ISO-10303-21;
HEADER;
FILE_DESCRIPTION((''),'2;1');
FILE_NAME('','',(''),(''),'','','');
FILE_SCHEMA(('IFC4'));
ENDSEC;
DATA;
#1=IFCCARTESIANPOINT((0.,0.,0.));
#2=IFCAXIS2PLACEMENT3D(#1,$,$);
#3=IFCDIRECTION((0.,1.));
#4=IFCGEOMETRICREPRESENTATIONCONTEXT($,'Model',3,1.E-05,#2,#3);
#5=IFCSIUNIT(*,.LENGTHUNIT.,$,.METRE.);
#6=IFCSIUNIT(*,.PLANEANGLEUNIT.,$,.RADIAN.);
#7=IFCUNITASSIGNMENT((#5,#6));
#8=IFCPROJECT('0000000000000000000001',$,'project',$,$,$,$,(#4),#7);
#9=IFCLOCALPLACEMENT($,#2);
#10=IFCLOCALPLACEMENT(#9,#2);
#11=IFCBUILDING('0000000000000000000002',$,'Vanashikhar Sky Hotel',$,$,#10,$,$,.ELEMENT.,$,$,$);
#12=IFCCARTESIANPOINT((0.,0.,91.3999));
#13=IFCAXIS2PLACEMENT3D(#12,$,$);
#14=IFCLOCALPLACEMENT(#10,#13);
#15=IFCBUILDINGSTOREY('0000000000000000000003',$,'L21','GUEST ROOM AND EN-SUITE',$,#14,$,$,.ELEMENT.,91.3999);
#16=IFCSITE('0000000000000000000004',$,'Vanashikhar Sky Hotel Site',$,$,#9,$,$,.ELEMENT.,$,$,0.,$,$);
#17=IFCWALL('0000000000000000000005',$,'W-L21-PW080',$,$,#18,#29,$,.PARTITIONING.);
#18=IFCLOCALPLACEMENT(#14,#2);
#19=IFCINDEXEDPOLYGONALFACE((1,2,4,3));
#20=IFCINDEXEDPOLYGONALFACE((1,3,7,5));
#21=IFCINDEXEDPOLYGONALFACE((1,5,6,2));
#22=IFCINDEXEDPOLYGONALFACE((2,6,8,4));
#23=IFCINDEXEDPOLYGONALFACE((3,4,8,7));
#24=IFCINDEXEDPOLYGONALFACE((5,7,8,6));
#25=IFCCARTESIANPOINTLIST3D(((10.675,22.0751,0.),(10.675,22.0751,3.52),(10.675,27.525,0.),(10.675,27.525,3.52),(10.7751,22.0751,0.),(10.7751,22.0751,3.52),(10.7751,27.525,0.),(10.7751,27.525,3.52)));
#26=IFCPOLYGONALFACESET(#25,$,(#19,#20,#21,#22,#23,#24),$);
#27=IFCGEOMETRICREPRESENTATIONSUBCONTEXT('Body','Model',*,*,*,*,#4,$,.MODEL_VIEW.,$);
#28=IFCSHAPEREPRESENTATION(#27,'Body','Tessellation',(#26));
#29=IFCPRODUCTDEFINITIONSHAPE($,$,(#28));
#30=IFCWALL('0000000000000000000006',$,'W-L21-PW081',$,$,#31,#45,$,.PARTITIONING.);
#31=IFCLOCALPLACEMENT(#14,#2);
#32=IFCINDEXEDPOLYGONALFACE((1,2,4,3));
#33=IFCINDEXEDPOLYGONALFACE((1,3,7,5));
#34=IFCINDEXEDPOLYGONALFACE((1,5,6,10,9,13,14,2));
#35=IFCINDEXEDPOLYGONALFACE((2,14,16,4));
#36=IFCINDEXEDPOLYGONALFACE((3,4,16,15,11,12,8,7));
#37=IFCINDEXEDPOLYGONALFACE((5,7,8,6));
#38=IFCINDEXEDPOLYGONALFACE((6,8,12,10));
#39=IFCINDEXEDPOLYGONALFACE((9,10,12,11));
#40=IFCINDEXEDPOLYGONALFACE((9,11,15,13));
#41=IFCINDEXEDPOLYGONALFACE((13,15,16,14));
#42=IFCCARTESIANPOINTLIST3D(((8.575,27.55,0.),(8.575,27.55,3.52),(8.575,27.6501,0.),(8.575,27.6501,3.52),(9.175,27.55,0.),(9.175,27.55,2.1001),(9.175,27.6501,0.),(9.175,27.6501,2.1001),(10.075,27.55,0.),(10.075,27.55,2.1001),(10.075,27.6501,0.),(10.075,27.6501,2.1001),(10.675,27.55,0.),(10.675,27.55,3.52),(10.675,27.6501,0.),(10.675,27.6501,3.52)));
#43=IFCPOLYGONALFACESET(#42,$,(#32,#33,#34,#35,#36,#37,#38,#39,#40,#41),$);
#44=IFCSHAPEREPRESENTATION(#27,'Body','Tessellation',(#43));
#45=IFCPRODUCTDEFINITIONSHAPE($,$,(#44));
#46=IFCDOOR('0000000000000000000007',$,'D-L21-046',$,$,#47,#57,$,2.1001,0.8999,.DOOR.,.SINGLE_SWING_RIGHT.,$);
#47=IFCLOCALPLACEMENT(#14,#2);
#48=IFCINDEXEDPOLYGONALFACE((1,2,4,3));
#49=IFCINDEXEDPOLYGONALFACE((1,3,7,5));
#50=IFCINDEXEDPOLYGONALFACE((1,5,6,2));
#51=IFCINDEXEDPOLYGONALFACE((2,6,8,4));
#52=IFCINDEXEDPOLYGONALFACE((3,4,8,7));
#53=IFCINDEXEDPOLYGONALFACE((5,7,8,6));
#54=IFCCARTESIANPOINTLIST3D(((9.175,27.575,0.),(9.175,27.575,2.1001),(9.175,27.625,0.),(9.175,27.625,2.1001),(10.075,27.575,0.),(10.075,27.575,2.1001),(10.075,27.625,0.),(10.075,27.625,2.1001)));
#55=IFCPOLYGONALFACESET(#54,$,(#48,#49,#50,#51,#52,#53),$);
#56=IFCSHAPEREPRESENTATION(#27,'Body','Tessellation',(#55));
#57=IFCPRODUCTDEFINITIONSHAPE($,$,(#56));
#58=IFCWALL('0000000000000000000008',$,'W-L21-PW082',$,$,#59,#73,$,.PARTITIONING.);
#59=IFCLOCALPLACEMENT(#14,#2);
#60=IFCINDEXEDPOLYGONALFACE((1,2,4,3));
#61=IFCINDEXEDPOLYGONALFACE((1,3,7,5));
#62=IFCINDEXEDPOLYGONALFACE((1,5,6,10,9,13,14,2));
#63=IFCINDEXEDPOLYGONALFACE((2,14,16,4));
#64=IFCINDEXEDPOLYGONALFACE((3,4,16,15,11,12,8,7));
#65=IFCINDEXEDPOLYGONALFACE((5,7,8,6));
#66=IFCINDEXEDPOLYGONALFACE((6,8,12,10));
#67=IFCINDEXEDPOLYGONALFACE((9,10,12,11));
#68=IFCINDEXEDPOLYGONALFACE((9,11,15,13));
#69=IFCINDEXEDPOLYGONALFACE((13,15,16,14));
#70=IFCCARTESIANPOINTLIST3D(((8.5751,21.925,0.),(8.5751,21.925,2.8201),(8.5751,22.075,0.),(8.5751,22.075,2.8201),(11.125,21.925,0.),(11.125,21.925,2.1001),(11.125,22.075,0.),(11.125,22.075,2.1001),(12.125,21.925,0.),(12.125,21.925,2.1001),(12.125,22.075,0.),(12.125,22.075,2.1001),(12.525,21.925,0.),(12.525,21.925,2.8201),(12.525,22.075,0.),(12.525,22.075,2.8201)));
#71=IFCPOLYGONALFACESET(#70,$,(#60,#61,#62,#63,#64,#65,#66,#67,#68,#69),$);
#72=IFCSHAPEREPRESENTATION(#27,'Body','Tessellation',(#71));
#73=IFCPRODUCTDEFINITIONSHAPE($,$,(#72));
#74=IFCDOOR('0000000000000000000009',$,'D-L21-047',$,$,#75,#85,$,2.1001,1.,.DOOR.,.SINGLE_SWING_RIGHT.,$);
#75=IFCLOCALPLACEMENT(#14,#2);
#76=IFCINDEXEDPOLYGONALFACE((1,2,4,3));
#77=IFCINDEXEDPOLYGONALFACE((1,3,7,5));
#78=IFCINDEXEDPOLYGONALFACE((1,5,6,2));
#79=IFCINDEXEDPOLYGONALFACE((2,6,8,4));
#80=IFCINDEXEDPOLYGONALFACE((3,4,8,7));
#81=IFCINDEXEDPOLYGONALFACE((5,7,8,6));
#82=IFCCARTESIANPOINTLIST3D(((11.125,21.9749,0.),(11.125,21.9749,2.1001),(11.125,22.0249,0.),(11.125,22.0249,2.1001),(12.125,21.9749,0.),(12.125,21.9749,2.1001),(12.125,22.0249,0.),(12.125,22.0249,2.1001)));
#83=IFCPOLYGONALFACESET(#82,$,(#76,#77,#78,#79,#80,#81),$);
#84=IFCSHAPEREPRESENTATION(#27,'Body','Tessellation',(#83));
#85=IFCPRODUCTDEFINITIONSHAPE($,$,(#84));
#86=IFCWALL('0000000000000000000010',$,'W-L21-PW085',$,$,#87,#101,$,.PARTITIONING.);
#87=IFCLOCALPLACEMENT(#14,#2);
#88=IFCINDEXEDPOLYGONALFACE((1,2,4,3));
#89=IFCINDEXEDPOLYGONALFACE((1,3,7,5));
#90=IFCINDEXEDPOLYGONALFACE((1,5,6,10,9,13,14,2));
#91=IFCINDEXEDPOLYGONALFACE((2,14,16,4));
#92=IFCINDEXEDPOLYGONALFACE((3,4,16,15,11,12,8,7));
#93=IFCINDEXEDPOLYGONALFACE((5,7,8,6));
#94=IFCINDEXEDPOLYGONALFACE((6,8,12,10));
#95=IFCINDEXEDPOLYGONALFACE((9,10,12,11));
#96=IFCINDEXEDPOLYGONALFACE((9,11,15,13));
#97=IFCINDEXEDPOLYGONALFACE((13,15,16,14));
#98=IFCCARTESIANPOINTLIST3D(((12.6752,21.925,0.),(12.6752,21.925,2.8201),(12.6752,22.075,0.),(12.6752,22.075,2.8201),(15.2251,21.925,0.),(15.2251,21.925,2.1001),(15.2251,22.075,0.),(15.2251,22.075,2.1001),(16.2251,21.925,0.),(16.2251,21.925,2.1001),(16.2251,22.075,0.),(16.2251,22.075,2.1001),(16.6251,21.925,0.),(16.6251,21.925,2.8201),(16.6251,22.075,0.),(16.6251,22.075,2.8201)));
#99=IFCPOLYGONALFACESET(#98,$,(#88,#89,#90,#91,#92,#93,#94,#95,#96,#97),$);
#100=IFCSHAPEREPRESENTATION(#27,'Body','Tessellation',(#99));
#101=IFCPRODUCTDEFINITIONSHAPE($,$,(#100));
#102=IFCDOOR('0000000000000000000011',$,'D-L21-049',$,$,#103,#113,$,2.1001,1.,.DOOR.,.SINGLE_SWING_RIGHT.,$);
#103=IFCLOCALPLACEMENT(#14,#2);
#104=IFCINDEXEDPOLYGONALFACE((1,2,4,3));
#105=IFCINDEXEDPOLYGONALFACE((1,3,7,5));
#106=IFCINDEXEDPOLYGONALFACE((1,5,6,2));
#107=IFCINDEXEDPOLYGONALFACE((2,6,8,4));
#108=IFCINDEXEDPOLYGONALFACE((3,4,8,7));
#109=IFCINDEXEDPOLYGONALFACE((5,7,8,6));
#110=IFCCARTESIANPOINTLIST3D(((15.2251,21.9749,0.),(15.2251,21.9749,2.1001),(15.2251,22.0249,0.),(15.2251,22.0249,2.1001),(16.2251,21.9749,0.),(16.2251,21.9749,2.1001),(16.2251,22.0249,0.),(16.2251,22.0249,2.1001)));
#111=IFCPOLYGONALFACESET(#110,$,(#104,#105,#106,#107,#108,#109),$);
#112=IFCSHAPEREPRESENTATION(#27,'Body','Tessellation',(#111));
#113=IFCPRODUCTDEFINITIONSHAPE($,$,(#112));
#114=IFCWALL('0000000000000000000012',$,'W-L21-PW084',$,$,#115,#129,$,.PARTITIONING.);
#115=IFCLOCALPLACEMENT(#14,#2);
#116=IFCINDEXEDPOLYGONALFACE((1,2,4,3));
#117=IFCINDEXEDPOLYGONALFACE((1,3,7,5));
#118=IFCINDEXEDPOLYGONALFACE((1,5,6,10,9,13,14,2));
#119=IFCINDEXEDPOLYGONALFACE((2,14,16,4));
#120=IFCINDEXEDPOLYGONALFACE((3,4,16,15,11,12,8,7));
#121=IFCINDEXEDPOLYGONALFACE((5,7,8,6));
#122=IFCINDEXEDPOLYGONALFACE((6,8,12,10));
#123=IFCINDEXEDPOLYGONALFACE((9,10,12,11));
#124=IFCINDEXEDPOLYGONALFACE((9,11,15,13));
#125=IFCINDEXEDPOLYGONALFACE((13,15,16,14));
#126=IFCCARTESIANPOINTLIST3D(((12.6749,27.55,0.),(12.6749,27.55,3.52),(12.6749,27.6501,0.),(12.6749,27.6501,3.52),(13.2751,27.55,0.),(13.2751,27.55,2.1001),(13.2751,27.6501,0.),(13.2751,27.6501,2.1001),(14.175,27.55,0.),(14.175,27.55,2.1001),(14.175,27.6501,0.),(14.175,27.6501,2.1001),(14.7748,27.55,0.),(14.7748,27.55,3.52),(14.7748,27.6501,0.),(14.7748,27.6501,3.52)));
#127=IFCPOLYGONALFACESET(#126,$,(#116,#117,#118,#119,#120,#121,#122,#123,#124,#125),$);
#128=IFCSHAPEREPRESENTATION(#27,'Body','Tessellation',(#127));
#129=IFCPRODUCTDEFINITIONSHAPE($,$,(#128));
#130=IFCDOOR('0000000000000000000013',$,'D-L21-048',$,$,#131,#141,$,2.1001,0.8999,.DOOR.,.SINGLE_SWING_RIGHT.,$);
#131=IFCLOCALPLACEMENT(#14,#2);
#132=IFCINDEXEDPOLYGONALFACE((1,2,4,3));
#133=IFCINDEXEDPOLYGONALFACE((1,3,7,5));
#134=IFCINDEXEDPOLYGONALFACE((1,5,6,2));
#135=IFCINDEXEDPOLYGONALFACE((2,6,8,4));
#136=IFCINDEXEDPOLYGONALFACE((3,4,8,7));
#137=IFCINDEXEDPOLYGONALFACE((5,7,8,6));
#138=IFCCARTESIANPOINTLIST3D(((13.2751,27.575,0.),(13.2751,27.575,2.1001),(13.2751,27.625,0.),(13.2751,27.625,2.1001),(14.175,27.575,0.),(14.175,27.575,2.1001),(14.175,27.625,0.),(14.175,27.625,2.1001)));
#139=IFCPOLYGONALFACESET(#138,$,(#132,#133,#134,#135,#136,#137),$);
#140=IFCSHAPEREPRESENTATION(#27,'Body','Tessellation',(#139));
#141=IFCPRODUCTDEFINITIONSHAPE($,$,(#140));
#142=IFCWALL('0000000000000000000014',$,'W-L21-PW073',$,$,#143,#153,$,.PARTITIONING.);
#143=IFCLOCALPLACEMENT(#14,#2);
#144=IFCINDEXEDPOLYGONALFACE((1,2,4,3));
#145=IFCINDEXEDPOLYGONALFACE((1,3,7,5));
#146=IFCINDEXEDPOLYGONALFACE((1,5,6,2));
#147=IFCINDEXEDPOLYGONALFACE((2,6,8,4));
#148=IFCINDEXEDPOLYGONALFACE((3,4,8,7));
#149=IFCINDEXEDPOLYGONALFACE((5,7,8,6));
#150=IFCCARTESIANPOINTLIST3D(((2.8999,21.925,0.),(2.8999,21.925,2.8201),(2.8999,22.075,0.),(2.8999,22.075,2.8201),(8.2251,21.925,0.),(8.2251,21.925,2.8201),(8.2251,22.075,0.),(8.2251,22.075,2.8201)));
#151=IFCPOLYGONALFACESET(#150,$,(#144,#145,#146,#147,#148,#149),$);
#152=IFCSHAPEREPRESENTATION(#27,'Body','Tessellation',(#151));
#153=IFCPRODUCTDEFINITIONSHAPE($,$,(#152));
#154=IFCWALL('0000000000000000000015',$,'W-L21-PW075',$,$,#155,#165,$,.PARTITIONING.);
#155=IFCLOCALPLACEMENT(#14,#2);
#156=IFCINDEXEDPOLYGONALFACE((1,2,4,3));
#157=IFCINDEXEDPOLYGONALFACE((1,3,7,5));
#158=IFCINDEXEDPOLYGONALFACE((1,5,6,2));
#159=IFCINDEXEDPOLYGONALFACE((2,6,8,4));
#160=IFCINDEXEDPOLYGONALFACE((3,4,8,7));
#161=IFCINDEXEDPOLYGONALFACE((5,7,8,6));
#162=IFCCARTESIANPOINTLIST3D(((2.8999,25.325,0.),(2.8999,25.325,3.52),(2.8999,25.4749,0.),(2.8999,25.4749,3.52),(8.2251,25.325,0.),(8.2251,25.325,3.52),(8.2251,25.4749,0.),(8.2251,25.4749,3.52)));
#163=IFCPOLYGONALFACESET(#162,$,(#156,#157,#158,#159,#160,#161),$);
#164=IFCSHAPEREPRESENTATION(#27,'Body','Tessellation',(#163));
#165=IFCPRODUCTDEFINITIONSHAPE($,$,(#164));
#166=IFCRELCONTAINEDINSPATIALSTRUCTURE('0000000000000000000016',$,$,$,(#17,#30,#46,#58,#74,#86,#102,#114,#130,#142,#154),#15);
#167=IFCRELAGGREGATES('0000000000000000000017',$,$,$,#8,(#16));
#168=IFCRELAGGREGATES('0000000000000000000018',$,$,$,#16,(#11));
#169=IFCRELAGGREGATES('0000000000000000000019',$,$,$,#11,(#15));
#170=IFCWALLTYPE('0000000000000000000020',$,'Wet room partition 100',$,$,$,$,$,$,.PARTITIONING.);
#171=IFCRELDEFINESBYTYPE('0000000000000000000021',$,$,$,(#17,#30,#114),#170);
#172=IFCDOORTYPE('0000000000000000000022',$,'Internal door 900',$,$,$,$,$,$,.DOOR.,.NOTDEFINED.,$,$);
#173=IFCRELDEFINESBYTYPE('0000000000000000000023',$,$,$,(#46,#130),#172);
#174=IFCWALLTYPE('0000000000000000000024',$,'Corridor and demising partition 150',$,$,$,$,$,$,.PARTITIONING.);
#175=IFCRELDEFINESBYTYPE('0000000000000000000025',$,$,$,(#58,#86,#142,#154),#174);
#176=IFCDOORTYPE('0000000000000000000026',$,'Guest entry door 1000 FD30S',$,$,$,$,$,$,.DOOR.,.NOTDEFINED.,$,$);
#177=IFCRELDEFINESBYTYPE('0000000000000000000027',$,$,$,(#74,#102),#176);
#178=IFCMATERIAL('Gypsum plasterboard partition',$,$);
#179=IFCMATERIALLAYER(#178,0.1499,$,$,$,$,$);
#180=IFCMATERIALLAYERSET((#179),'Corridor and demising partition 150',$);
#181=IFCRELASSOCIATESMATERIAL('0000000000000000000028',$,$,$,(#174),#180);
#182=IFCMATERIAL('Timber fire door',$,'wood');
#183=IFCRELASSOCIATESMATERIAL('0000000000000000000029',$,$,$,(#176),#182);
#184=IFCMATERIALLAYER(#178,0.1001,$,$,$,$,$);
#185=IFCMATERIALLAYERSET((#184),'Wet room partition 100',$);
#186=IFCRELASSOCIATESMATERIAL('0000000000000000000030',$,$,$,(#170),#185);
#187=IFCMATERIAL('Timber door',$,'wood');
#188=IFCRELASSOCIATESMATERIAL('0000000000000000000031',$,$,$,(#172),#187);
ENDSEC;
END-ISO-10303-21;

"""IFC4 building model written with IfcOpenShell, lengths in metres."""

from ifc_helpers import new_model, si_unit, direction, frame, frame_2d, origin, place, context, subcontext, project, spatial, rectangle, extrude, source, transform, mapped, material, layer, layer_set, type_object, element, fill, save


model = new_model("IFC4")

# Units and contexts
model_context = context("Model", 3, precision=1e-05, world=origin(), true_north=direction((0.0, 1.0)))
body_context = subcontext(model_context, "Body", "Model", "MODEL_VIEW")
ifc_project = project(units=[si_unit("LENGTHUNIT", "METRE"), si_unit("PLANEANGLEUNIT", "RADIAN")], contexts=[model_context])

# Site, building, storey
site_placement = place(None, origin())
site = spatial("IfcSite", under=ifc_project, at=site_placement, Name="Vanashikhar Sky Hotel Site", CompositionType="ELEMENT", RefElevation=0.0)
building_placement = place(site_placement, origin())
building = spatial("IfcBuilding", under=site, at=building_placement, Name="Vanashikhar Sky Hotel", CompositionType="ELEMENT")
storey_placement = place(building_placement, frame((0.0, 0.0, 91.3999)))
storey = spatial("IfcBuildingStorey", under=building, at=storey_placement, Name="L21", Description="GUEST ROOM AND EN-SUITE", CompositionType="ELEMENT", Elevation=91.3999)

# Shared definitions
ifc_material_1 = material(Name="Gypsum plasterboard partition")
ifc_layer_1 = layer(ifc_material_1, 0.1499)
ifc_layer_set_1 = layer_set([ifc_layer_1], Name="Corridor and demising partition 150")
wall_type_1 = type_object("IfcWallType", Name="Corridor and demising partition 150", PredefinedType="PARTITIONING", material=ifc_layer_set_1)
shared_shape_1 = source(origin(), body_context, "Body", "SweptSolid", [
    extrude(rectangle(XDim=1.0, YDim=2.1001, at=frame_2d((0.5, 1.05))), frame((0.0, 0.085, 0.0), z_axis=(0.0, -1.0, 0.0), x_axis=(1.0, 0.0, 0.0)), (0.0, 0.0, 1.0), 0.1699),
])
ifc_material_2 = material(Name="Timber fire door", Category="wood")
door_type_1 = type_object("IfcDoorType", Name="Guest entry door 1000 FD30S", OperationType="NOTDEFINED", PredefinedType="DOOR", material=ifc_material_2)
shared_shape_2 = source(origin(), body_context, "Body", "SweptSolid", [
    extrude(rectangle(XDim=1.0, YDim=2.1001, at=frame_2d((0.5, 1.05))), frame((0.0, 0.0249, 0.0), z_axis=(0.0, -1.0, 0.0), x_axis=(1.0, 0.0, 0.0)), (0.0, 0.0, 1.0), 0.05),
])

# Wall
ifc_layer_2 = layer(ifc_material_1, 0.1001)
ifc_layer_set_2 = layer_set([ifc_layer_2], Name="Wet room partition 100")
wall_type_2 = type_object("IfcWallType", Name="Wet room partition 100", PredefinedType="PARTITIONING", material=ifc_layer_set_2)
shared_shape_3 = source(origin(), body_context, "Body", "SweptSolid", [
    extrude(rectangle(XDim=5.45, YDim=0.1001, at=frame_2d((2.7251, 0.0))), origin(), (0.0, 0.0, 1.0), 3.52),
])
wall_1_placement = place(storey_placement, frame((10.7251, 22.075, 0.0), z_axis=(0.0, 0.0, 1.0), x_axis=(0.0, 1.0, 0.0)))
element("IfcWall", 1, at=wall_1_placement, inside=storey, type_object=wall_type_2, Name="W-L21-PW080", PredefinedType="PARTITIONING", context=body_context, shape_type="MappedRepresentation", body=[
    mapped(shared_shape_3, transform((0.0, 0.0, 0.0), scale=1.0)),
])

# Walls, openings, doors
shared_shape_4 = source(origin(), body_context, "Body", "SweptSolid", [
    extrude(rectangle(XDim=2.1001, YDim=0.1001, at=frame_2d((1.05, 0.0))), origin(), (0.0, 0.0, 1.0), 3.52),
])
wall_2_placement = place(storey_placement, frame((8.575, 27.6001, 0.0), z_axis=(0.0, 0.0, 1.0), x_axis=(1.0, 0.0, 0.0)))
wall_2 = element("IfcWall", 2, at=wall_2_placement, inside=storey, type_object=wall_type_2, Name="W-L21-PW081", PredefinedType="PARTITIONING", context=body_context, shape_type="MappedRepresentation", body=[
    mapped(shared_shape_4, transform((0.0, 0.0, 0.0), scale=1.0)),
])
shared_shape_5 = source(origin(), body_context, "Body", "SweptSolid", [
    extrude(rectangle(XDim=0.8999, YDim=2.1001, at=frame_2d((0.45, 1.05))), frame((0.0, 0.0601, 0.0), z_axis=(0.0, -1.0, 0.0), x_axis=(1.0, 0.0, 0.0)), (0.0, 0.0, 1.0), 0.1201),
])
opening_1_placement = place(wall_2_placement, frame((0.6001, 0.0, 0.0)))
opening_1 = element("IfcOpeningElement", 3, at=opening_1_placement, cuts=wall_2, PredefinedType="OPENING", context=body_context, shape_type="MappedRepresentation", body=[
    mapped(shared_shape_5, transform((0.0, 0.0, 0.0), scale=1.0)),
])
ifc_material_3 = material(Name="Timber door", Category="wood")
door_type_2 = type_object("IfcDoorType", Name="Internal door 900", OperationType="NOTDEFINED", PredefinedType="DOOR", material=ifc_material_3)
shared_shape_6 = source(origin(), body_context, "Body", "SweptSolid", [
    extrude(rectangle(XDim=0.8999, YDim=2.1001, at=frame_2d((0.45, 1.05))), frame((0.0, 0.0249, 0.0), z_axis=(0.0, -1.0, 0.0), x_axis=(1.0, 0.0, 0.0)), (0.0, 0.0, 1.0), 0.05),
])
door_1_placement = place(opening_1_placement, origin())
door_1 = element("IfcDoor", 4, at=door_1_placement, inside=storey, type_object=door_type_2, Name="D-L21-046", OperationType="SINGLE_SWING_RIGHT", OverallHeight=2.1001, OverallWidth=0.8999, PredefinedType="DOOR", context=body_context, shape_type="MappedRepresentation", body=[
    mapped(shared_shape_6, transform((0.0, 0.0, 0.0), scale=1.0)),
])
fill(opening_1, door_1)
shared_shape_7 = source(origin(), body_context, "Body", "SweptSolid", [
    extrude(rectangle(XDim=3.95, YDim=0.1499, at=frame_2d((1.9751, 0.0))), origin(), (0.0, 0.0, 1.0), 2.8201),
])
wall_3_placement = place(storey_placement, frame((8.575, 22.0, 0.0), z_axis=(0.0, 0.0, 1.0), x_axis=(1.0, 0.0, 0.0)))
wall_3 = element("IfcWall", 5, at=wall_3_placement, inside=storey, type_object=wall_type_1, Name="W-L21-PW082", PredefinedType="PARTITIONING", context=body_context, shape_type="MappedRepresentation", body=[
    mapped(shared_shape_7, transform((0.0, 0.0, 0.0), scale=1.0)),
])
opening_2_placement = place(wall_3_placement, frame((2.55, 0.0, 0.0)))
opening_2 = element("IfcOpeningElement", 6, at=opening_2_placement, cuts=wall_3, PredefinedType="OPENING", context=body_context, shape_type="MappedRepresentation", body=[
    mapped(shared_shape_1, transform((0.0, 0.0, 0.0), scale=1.0)),
])
door_2_placement = place(opening_2_placement, origin())
door_2 = element("IfcDoor", 7, at=door_2_placement, inside=storey, type_object=door_type_1, Name="D-L21-047", OperationType="SINGLE_SWING_RIGHT", OverallHeight=2.1001, OverallWidth=1.0, PredefinedType="DOOR", context=body_context, shape_type="MappedRepresentation", body=[
    mapped(shared_shape_2, transform((0.0, 0.0, 0.0), scale=1.0)),
])
fill(opening_2, door_2)
wall_4_placement = place(storey_placement, frame((12.675, 22.0, 0.0), z_axis=(0.0, 0.0, 1.0), x_axis=(1.0, 0.0, 0.0)))
wall_4 = element("IfcWall", 8, at=wall_4_placement, inside=storey, type_object=wall_type_1, Name="W-L21-PW085", PredefinedType="PARTITIONING", context=body_context, shape_type="MappedRepresentation", body=[
    mapped(shared_shape_7, transform((0.0, 0.0, 0.0), scale=1.0)),
])
opening_3_placement = place(wall_4_placement, frame((2.55, 0.0, 0.0)))
opening_3 = element("IfcOpeningElement", 9, at=opening_3_placement, cuts=wall_4, PredefinedType="OPENING", context=body_context, shape_type="MappedRepresentation", body=[
    mapped(shared_shape_1, transform((0.0, 0.0, 0.0), scale=1.0)),
])
door_3_placement = place(opening_3_placement, origin())
door_3 = element("IfcDoor", 10, at=door_3_placement, inside=storey, type_object=door_type_1, Name="D-L21-049", OperationType="SINGLE_SWING_RIGHT", OverallHeight=2.1001, OverallWidth=1.0, PredefinedType="DOOR", context=body_context, shape_type="MappedRepresentation", body=[
    mapped(shared_shape_2, transform((0.0, 0.0, 0.0), scale=1.0)),
])
fill(opening_3, door_3)
shared_shape_8 = source(origin(), body_context, "Body", "SweptSolid", [
    extrude(rectangle(XDim=2.0999, YDim=0.1001, at=frame_2d((1.0498, 0.0))), origin(), (0.0, 0.0, 1.0), 3.52),
])
wall_5_placement = place(storey_placement, frame((12.675, 27.6001, 0.0), z_axis=(0.0, 0.0, 1.0), x_axis=(1.0, 0.0, 0.0)))
wall_5 = element("IfcWall", 11, at=wall_5_placement, inside=storey, type_object=wall_type_2, Name="W-L21-PW084", PredefinedType="PARTITIONING", context=body_context, shape_type="MappedRepresentation", body=[
    mapped(shared_shape_8, transform((0.0, 0.0, 0.0), scale=1.0)),
])
opening_4_placement = place(wall_5_placement, frame((0.6001, 0.0, 0.0)))
opening_4 = element("IfcOpeningElement", 12, at=opening_4_placement, cuts=wall_5, PredefinedType="OPENING", context=body_context, shape_type="MappedRepresentation", body=[
    mapped(shared_shape_5, transform((0.0, 0.0, 0.0), scale=1.0)),
])
door_4_placement = place(opening_4_placement, origin())
door_4 = element("IfcDoor", 13, at=door_4_placement, inside=storey, type_object=door_type_2, Name="D-L21-048", OperationType="SINGLE_SWING_RIGHT", OverallHeight=2.1001, OverallWidth=0.8999, PredefinedType="DOOR", context=body_context, shape_type="MappedRepresentation", body=[
    mapped(shared_shape_6, transform((0.0, 0.0, 0.0), scale=1.0)),
])
fill(opening_4, door_4)

# Walls
shared_shape_9 = source(origin(), body_context, "Body", "SweptSolid", [
    extrude(rectangle(XDim=5.3252, YDim=0.1499, at=frame_2d((2.6626, 0.0))), origin(), (0.0, 0.0, 1.0), 2.8201),
])
wall_6_placement = place(storey_placement, frame((2.8999, 22.0, 0.0), z_axis=(0.0, 0.0, 1.0), x_axis=(1.0, 0.0, 0.0)))
element("IfcWall", 14, at=wall_6_placement, inside=storey, type_object=wall_type_1, Name="W-L21-PW073", PredefinedType="PARTITIONING", context=body_context, shape_type="MappedRepresentation", body=[
    mapped(shared_shape_9, transform((0.0, 0.0, 0.0), scale=1.0)),
])
shared_shape_10 = source(origin(), body_context, "Body", "SweptSolid", [
    extrude(rectangle(XDim=5.3252, YDim=0.1499, at=frame_2d((2.6626, 0.0))), origin(), (0.0, 0.0, 1.0), 3.52),
])
wall_7_placement = place(storey_placement, frame((2.8999, 25.3999, 0.0), z_axis=(0.0, 0.0, 1.0), x_axis=(1.0, 0.0, 0.0)))
element("IfcWall", 15, at=wall_7_placement, inside=storey, type_object=wall_type_1, Name="W-L21-PW075", PredefinedType="PARTITIONING", context=body_context, shape_type="MappedRepresentation", body=[
    mapped(shared_shape_10, transform((0.0, 0.0, 0.0), scale=1.0)),
])

save(model, "model.ifc")
